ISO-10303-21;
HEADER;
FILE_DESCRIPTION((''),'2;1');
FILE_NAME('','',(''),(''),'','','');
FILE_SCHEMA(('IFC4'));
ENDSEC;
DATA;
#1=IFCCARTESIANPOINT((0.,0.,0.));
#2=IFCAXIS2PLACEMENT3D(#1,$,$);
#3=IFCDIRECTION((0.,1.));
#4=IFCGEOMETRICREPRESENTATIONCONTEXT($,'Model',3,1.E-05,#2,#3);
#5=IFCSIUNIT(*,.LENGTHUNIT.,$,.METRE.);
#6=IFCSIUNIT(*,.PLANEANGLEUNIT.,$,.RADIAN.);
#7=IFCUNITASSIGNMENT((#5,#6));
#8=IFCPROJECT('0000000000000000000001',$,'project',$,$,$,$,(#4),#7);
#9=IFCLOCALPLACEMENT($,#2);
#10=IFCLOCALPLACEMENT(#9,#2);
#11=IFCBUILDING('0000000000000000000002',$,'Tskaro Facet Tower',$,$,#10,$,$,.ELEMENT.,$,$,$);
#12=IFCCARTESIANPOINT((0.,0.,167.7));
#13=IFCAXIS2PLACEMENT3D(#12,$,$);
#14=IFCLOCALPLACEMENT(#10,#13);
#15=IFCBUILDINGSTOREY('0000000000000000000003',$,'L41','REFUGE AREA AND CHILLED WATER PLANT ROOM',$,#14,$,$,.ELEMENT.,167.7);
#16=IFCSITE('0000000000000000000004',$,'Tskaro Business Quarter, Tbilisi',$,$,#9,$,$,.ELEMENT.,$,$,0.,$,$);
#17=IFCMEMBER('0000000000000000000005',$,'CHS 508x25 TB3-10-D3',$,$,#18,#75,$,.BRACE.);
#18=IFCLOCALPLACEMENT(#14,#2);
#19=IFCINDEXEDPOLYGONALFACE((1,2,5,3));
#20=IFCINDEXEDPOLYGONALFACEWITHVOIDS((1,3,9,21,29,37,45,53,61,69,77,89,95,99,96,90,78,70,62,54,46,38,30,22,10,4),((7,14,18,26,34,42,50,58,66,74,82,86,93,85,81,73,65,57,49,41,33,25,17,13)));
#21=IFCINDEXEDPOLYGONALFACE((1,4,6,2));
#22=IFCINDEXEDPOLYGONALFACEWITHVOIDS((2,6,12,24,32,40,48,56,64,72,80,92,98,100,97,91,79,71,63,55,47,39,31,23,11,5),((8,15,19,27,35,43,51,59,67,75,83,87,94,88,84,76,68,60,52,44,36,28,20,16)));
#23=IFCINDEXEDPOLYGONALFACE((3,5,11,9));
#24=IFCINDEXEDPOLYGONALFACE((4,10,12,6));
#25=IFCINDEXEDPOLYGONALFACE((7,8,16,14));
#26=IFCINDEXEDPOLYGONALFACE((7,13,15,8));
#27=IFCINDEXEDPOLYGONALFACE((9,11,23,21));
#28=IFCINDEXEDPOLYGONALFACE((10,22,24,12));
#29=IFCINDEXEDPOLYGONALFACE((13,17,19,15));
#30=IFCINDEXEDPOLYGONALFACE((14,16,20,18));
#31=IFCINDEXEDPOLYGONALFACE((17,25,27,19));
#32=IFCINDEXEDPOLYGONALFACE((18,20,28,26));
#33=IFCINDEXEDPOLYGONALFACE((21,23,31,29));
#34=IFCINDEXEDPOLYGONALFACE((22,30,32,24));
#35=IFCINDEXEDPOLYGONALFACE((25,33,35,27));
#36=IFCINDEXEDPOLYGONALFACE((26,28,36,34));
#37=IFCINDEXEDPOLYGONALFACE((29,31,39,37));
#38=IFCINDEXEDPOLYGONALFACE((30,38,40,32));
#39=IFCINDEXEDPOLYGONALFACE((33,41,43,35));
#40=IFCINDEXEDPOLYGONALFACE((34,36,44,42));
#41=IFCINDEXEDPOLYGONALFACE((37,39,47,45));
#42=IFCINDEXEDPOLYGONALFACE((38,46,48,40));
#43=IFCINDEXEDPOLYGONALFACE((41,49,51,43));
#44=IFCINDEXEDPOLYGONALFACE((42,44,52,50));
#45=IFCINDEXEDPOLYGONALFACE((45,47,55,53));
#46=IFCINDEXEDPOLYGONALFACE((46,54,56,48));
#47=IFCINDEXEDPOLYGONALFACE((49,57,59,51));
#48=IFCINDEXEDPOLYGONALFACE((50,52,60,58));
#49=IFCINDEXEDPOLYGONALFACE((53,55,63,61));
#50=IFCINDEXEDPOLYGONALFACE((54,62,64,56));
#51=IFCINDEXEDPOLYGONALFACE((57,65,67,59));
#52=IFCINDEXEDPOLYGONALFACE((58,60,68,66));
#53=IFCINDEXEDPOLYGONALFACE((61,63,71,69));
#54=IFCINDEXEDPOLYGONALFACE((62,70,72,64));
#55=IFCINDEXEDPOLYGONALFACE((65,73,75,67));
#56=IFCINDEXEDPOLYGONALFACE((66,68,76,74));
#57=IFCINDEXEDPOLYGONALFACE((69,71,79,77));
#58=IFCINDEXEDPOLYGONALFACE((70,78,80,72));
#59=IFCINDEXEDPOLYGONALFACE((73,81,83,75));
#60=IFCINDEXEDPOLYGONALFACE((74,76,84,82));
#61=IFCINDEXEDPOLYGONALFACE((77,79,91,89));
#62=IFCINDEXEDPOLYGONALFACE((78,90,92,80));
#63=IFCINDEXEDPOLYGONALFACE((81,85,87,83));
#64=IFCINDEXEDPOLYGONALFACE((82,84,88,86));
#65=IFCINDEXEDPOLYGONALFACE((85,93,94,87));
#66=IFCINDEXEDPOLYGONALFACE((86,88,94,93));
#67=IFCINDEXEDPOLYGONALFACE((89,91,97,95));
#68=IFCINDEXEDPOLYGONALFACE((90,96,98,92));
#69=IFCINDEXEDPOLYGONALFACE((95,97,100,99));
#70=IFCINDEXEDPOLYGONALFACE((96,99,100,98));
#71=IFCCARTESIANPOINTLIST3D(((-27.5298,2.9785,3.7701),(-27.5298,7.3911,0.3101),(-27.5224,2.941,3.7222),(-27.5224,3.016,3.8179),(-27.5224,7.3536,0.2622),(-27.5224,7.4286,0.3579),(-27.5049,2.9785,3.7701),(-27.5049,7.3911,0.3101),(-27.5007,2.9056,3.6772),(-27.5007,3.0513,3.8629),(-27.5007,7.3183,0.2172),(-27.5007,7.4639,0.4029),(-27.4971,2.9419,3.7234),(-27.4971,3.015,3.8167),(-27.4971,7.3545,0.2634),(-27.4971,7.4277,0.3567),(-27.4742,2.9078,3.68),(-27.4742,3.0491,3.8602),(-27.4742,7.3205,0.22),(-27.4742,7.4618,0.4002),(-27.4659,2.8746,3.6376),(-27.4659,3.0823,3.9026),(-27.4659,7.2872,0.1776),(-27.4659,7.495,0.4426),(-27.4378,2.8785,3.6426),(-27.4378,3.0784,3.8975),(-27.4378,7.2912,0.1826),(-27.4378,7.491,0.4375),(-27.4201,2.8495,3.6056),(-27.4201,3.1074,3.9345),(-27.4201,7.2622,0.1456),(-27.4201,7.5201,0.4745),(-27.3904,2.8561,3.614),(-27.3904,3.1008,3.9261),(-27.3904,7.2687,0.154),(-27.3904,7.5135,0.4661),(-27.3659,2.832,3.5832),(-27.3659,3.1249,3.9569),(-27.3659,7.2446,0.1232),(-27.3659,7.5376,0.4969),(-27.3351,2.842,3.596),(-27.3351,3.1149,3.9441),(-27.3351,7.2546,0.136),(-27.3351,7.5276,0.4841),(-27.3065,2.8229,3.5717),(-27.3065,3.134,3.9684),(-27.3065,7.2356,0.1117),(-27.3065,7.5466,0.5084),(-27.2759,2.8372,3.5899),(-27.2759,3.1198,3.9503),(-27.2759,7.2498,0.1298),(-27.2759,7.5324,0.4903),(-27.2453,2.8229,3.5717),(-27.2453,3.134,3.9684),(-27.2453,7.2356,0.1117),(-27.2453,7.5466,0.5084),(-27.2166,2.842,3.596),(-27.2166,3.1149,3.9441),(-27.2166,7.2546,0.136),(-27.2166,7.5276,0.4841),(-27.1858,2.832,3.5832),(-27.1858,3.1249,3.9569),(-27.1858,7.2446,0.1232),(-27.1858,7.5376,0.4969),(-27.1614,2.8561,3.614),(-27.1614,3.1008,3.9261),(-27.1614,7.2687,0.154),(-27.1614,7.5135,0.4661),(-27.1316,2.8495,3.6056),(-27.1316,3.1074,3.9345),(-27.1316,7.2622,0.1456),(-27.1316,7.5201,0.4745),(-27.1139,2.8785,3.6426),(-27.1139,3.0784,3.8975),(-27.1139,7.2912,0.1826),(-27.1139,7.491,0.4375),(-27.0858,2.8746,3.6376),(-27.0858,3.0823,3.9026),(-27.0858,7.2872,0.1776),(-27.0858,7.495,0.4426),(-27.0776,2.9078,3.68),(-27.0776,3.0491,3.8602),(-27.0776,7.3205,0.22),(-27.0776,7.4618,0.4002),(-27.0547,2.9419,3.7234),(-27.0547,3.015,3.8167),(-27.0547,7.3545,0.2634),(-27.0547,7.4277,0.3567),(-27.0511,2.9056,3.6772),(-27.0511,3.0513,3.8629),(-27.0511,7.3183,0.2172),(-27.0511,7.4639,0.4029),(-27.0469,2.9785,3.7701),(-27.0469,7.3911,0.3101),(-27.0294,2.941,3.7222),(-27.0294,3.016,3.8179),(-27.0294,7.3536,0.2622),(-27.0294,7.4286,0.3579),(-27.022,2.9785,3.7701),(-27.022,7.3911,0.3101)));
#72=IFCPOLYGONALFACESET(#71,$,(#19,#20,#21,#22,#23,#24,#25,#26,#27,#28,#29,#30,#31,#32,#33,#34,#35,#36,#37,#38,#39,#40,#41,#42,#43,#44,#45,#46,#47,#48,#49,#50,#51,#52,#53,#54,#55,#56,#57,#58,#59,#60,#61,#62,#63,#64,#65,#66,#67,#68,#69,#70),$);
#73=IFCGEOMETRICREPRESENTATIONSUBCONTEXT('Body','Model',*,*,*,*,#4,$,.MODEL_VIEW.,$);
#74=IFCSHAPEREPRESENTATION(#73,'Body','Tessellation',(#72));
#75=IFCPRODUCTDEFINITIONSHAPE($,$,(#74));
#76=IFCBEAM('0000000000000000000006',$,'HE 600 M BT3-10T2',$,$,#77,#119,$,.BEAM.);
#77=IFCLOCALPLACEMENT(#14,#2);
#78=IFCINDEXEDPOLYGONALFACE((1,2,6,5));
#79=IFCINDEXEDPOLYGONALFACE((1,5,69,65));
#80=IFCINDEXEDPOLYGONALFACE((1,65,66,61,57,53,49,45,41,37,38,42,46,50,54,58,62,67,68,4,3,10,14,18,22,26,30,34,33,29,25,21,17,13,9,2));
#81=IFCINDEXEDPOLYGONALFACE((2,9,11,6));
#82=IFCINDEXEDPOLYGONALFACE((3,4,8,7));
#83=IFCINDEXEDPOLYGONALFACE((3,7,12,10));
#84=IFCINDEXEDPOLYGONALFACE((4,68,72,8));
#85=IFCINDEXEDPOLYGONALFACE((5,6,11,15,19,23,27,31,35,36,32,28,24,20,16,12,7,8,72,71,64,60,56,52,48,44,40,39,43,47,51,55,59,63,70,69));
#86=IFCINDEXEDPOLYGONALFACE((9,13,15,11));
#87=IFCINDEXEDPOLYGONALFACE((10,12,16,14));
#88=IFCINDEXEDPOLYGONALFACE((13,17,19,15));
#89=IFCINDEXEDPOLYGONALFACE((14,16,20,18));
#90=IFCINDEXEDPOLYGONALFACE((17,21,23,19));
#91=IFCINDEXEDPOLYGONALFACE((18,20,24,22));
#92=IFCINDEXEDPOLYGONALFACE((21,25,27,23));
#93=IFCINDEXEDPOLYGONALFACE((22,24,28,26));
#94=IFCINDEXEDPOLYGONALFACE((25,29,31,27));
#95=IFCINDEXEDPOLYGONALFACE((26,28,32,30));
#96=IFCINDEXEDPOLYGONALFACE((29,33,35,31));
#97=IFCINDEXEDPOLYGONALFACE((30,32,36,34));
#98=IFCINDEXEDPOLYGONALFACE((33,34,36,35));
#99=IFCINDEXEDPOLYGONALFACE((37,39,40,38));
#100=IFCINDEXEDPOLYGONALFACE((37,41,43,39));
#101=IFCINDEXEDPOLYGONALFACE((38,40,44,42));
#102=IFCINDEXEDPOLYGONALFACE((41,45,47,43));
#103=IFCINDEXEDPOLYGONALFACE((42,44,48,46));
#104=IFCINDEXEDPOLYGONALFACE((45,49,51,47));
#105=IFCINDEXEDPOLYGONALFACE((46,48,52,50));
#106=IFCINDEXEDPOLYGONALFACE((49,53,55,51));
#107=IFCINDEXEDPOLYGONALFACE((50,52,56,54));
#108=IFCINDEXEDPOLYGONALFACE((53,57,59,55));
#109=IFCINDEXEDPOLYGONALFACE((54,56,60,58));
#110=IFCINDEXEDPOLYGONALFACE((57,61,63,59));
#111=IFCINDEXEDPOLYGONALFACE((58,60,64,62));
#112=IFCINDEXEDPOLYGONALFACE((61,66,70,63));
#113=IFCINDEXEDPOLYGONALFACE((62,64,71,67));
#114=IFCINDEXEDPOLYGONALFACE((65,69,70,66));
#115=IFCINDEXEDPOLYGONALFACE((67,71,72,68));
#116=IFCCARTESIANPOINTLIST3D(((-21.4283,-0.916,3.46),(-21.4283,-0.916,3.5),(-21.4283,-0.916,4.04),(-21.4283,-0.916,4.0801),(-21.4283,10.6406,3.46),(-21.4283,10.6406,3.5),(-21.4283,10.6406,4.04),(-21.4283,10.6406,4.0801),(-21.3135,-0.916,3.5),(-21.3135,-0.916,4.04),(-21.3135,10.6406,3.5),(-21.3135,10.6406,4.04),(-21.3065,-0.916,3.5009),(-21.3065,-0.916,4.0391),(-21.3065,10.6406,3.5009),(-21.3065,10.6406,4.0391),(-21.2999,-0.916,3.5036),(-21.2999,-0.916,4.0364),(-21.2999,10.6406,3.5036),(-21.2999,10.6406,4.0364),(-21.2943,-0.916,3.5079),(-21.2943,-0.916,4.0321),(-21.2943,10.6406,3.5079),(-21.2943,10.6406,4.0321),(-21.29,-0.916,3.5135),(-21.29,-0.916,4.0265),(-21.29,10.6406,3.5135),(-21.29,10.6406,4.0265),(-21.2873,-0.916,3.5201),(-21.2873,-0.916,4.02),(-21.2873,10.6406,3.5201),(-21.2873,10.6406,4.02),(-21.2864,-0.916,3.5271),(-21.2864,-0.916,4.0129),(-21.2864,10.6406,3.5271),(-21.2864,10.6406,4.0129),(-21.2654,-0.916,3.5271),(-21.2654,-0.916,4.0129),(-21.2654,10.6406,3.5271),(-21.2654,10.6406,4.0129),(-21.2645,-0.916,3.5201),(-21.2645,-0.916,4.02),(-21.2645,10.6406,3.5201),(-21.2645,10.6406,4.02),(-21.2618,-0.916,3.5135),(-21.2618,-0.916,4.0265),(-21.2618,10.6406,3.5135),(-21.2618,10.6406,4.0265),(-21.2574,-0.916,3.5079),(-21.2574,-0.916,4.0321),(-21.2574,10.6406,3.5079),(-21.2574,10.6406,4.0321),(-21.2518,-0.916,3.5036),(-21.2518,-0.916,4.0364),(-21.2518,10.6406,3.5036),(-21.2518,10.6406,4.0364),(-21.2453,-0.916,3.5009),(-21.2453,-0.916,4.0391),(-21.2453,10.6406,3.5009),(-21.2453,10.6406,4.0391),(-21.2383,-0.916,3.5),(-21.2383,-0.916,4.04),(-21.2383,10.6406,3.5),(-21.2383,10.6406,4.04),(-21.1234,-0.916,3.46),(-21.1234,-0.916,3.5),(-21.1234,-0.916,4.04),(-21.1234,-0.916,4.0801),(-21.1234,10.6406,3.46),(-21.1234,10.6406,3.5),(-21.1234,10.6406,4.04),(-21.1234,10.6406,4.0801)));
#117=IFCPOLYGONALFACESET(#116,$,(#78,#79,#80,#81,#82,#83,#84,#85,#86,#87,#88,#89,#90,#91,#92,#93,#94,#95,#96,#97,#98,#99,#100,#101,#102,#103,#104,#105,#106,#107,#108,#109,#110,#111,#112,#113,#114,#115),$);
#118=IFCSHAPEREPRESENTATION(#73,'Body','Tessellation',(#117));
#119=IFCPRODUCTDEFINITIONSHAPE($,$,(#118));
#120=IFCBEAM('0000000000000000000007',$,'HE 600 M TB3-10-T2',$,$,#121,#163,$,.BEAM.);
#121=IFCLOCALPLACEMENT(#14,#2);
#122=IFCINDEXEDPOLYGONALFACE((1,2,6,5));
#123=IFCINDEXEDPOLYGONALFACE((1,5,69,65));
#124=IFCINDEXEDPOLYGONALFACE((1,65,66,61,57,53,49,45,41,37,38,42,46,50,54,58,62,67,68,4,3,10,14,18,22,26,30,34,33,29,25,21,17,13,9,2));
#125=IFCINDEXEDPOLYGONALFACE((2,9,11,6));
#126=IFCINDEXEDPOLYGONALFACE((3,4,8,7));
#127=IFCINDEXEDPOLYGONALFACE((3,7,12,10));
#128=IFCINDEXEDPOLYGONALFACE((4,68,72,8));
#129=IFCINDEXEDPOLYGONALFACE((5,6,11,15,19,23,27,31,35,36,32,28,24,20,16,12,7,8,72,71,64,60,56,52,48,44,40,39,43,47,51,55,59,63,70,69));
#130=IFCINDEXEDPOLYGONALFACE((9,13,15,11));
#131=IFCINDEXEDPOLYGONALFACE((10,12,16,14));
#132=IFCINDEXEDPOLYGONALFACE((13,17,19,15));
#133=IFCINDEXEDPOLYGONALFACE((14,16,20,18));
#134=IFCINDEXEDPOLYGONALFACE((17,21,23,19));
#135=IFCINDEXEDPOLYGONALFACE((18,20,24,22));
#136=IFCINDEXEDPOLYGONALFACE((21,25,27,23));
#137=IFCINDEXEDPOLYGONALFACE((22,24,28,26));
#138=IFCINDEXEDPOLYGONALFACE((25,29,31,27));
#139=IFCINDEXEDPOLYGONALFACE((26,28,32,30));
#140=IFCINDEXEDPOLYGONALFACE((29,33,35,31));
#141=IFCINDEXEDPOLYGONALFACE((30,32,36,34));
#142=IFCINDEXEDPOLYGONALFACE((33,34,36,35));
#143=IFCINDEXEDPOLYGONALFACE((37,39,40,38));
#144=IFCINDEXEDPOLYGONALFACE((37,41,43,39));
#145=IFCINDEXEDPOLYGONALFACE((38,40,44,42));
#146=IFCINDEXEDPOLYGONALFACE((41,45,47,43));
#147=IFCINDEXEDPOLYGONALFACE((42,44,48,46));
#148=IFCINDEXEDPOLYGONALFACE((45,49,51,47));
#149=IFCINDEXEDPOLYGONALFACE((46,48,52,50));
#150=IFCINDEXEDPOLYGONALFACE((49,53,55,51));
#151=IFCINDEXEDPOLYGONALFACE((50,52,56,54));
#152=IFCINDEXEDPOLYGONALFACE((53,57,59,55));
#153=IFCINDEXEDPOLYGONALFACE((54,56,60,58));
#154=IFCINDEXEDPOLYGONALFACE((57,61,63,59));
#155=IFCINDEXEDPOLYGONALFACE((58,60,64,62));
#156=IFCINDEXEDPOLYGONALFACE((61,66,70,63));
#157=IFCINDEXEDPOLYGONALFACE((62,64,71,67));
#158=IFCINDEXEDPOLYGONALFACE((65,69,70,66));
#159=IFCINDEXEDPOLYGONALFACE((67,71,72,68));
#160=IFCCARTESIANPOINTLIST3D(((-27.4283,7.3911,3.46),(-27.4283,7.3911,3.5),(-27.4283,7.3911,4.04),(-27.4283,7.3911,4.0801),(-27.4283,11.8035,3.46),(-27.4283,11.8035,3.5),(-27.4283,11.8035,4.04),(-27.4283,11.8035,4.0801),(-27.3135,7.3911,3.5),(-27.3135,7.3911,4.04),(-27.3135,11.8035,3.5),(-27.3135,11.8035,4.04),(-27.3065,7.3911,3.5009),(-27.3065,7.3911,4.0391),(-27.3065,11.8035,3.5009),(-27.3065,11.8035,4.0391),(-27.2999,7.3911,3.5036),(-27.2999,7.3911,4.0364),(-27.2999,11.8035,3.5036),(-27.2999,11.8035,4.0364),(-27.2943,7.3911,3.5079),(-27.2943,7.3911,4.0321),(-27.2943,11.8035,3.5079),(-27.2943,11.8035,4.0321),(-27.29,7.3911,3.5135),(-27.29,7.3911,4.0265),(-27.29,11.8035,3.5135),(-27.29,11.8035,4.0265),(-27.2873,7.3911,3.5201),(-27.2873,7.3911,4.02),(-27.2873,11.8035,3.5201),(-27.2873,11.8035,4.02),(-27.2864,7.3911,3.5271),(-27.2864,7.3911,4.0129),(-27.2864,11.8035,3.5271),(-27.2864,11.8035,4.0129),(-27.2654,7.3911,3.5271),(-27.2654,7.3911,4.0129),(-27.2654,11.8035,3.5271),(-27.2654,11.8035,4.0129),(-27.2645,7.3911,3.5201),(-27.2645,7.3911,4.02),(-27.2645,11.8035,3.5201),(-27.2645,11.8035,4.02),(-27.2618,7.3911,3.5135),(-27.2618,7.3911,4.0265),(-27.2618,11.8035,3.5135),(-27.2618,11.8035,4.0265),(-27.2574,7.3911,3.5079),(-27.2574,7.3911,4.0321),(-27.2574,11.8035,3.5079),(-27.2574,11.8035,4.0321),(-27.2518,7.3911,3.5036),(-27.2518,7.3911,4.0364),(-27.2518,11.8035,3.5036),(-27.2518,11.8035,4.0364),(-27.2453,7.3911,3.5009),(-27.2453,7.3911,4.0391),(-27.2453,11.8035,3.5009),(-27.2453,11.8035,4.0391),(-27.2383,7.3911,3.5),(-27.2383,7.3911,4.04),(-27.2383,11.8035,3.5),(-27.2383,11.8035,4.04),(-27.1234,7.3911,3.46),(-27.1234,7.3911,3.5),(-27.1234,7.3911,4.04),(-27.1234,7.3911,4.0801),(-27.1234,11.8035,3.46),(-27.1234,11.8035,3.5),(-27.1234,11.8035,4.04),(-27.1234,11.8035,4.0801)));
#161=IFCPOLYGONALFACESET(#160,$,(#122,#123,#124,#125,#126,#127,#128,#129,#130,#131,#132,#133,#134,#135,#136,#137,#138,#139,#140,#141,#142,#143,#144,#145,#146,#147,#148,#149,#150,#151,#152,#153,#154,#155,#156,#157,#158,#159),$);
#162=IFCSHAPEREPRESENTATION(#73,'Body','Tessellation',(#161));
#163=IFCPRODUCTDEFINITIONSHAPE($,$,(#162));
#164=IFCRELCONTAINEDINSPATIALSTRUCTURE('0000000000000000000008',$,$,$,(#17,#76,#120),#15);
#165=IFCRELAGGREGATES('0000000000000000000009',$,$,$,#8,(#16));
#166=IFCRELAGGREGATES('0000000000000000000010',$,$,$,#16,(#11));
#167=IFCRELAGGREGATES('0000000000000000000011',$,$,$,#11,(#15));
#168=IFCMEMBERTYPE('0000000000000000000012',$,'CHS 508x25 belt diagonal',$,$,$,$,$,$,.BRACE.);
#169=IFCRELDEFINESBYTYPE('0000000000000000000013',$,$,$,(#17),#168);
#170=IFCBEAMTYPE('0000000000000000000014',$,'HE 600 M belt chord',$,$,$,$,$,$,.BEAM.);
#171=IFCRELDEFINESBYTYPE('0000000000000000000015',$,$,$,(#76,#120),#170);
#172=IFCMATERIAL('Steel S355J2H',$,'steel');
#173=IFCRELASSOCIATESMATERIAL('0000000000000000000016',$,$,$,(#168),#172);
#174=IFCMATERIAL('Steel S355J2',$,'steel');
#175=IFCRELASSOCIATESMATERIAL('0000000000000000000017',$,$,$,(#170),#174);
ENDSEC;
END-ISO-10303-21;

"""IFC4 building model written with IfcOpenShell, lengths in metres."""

from ifc_helpers import new_model, si_unit, direction, frame, origin, origin_2d, place, context, subcontext, project, spatial, hollow_circle, i_section, extrude, material, material_profile, profile_set, type_object, element, save


model = new_model("IFC4")

# Units and contexts
model_context = context("Model", 3, precision=1e-05, world=origin(), true_north=direction((0.0, 1.0)))
body_context = subcontext(model_context, "Body", "Model", "MODEL_VIEW")
ifc_project = project(units=[si_unit("LENGTHUNIT", "METRE"), si_unit("PLANEANGLEUNIT", "RADIAN")], contexts=[model_context])

# Site, building, storey
site_placement = place(None, origin())
site = spatial("IfcSite", under=ifc_project, at=site_placement, Name="Tskaro Business Quarter, Tbilisi", CompositionType="ELEMENT", RefElevation=0.0)
building_placement = place(site_placement, origin())
building = spatial("IfcBuilding", under=site, at=building_placement, Name="Tskaro Facet Tower", CompositionType="ELEMENT")
storey_placement = place(building_placement, frame((0.0, 0.0, 167.7)))
storey = spatial("IfcBuildingStorey", under=building, at=storey_placement, Name="L41", Description="REFUGE AREA AND CHILLED WATER PLANT ROOM", CompositionType="ELEMENT", Elevation=167.7)

# Shared definitions
ifc_material_1 = material(Name="Steel S355J2", Category="steel")

# Member
ifc_material_2 = material(Name="Steel S355J2H", Category="steel")
ifc_material_profile_1 = material_profile(ifc_material_2, hollow_circle(Radius=0.2539, WallThickness=0.0249, at=origin_2d()), Name="CHS 508x25")
ifc_profile_set_1 = profile_set([ifc_material_profile_1], Name="Steel S355J2H")
member_type_1 = type_object("IfcMemberType", Name="CHS 508x25 belt diagonal", PredefinedType="BRACE", material=ifc_profile_set_1)
member_1_placement = place(storey_placement, frame((-27.2759, 7.3911, 0.3101), z_axis=(0.0, -0.786931, 0.617041), x_axis=(1.0, 0.0, 0.0)))
element("IfcMember", 1, at=member_1_placement, inside=storey, type_object=member_type_1, Name="CHS 508x25 TB3-10-D3", PredefinedType="BRACE", context=body_context, shape_type="SweptSolid", body=[
    extrude(hollow_circle(Radius=0.2539, WallThickness=0.0249, at=origin_2d()), origin(), (0.0, 0.0, 1.0), 5.6074),
])

# Beams
ifc_material_profile_2 = material_profile(ifc_material_1, i_section(OverallWidth=0.3049, OverallDepth=0.6201, WebThickness=0.021, FlangeThickness=0.04, FilletRadius=0.0271, at=origin_2d()), Name="HE 600 M")
ifc_profile_set_2 = profile_set([ifc_material_profile_2], Name="Steel S355J2")
beam_type_1 = type_object("IfcBeamType", Name="HE 600 M belt chord", PredefinedType="BEAM", material=ifc_profile_set_2)
beam_1_placement = place(storey_placement, frame((-21.2759, 10.6406, 3.77), z_axis=(0.0, -1.0, 0.0), x_axis=(1.0, 0.0, 0.0)))
element("IfcBeam", 2, at=beam_1_placement, inside=storey, type_object=beam_type_1, Name="HE 600 M BT3-10T2", PredefinedType="BEAM", context=body_context, shape_type="SweptSolid", body=[
    extrude(i_section(OverallWidth=0.3049, OverallDepth=0.6201, WebThickness=0.021, FlangeThickness=0.04, FilletRadius=0.0271, at=origin_2d()), origin(), (0.0, 0.0, 1.0), 11.5566),
])
for number, where, z_axis, x_axis, name in (
    (3, (-27.2759, 11.8035, 3.77), (0.0, -1.0, 0.0), (1.0, 0.0, 0.0), "HE 600 M TB3-10-T2"),
):
    element("IfcBeam", number, at=place(storey_placement, frame(where, z_axis=z_axis, x_axis=x_axis)), inside=storey, type_object=beam_type_1, Name=name, PredefinedType="BEAM", context=body_context, shape_type="SweptSolid", body=[
        extrude(i_section(OverallWidth=0.3049, OverallDepth=0.6201, WebThickness=0.021, FlangeThickness=0.04, FilletRadius=0.0271, at=origin_2d()), origin(), (0.0, 0.0, 1.0), 4.4124),
    ])

save(model, "model.ifc")
